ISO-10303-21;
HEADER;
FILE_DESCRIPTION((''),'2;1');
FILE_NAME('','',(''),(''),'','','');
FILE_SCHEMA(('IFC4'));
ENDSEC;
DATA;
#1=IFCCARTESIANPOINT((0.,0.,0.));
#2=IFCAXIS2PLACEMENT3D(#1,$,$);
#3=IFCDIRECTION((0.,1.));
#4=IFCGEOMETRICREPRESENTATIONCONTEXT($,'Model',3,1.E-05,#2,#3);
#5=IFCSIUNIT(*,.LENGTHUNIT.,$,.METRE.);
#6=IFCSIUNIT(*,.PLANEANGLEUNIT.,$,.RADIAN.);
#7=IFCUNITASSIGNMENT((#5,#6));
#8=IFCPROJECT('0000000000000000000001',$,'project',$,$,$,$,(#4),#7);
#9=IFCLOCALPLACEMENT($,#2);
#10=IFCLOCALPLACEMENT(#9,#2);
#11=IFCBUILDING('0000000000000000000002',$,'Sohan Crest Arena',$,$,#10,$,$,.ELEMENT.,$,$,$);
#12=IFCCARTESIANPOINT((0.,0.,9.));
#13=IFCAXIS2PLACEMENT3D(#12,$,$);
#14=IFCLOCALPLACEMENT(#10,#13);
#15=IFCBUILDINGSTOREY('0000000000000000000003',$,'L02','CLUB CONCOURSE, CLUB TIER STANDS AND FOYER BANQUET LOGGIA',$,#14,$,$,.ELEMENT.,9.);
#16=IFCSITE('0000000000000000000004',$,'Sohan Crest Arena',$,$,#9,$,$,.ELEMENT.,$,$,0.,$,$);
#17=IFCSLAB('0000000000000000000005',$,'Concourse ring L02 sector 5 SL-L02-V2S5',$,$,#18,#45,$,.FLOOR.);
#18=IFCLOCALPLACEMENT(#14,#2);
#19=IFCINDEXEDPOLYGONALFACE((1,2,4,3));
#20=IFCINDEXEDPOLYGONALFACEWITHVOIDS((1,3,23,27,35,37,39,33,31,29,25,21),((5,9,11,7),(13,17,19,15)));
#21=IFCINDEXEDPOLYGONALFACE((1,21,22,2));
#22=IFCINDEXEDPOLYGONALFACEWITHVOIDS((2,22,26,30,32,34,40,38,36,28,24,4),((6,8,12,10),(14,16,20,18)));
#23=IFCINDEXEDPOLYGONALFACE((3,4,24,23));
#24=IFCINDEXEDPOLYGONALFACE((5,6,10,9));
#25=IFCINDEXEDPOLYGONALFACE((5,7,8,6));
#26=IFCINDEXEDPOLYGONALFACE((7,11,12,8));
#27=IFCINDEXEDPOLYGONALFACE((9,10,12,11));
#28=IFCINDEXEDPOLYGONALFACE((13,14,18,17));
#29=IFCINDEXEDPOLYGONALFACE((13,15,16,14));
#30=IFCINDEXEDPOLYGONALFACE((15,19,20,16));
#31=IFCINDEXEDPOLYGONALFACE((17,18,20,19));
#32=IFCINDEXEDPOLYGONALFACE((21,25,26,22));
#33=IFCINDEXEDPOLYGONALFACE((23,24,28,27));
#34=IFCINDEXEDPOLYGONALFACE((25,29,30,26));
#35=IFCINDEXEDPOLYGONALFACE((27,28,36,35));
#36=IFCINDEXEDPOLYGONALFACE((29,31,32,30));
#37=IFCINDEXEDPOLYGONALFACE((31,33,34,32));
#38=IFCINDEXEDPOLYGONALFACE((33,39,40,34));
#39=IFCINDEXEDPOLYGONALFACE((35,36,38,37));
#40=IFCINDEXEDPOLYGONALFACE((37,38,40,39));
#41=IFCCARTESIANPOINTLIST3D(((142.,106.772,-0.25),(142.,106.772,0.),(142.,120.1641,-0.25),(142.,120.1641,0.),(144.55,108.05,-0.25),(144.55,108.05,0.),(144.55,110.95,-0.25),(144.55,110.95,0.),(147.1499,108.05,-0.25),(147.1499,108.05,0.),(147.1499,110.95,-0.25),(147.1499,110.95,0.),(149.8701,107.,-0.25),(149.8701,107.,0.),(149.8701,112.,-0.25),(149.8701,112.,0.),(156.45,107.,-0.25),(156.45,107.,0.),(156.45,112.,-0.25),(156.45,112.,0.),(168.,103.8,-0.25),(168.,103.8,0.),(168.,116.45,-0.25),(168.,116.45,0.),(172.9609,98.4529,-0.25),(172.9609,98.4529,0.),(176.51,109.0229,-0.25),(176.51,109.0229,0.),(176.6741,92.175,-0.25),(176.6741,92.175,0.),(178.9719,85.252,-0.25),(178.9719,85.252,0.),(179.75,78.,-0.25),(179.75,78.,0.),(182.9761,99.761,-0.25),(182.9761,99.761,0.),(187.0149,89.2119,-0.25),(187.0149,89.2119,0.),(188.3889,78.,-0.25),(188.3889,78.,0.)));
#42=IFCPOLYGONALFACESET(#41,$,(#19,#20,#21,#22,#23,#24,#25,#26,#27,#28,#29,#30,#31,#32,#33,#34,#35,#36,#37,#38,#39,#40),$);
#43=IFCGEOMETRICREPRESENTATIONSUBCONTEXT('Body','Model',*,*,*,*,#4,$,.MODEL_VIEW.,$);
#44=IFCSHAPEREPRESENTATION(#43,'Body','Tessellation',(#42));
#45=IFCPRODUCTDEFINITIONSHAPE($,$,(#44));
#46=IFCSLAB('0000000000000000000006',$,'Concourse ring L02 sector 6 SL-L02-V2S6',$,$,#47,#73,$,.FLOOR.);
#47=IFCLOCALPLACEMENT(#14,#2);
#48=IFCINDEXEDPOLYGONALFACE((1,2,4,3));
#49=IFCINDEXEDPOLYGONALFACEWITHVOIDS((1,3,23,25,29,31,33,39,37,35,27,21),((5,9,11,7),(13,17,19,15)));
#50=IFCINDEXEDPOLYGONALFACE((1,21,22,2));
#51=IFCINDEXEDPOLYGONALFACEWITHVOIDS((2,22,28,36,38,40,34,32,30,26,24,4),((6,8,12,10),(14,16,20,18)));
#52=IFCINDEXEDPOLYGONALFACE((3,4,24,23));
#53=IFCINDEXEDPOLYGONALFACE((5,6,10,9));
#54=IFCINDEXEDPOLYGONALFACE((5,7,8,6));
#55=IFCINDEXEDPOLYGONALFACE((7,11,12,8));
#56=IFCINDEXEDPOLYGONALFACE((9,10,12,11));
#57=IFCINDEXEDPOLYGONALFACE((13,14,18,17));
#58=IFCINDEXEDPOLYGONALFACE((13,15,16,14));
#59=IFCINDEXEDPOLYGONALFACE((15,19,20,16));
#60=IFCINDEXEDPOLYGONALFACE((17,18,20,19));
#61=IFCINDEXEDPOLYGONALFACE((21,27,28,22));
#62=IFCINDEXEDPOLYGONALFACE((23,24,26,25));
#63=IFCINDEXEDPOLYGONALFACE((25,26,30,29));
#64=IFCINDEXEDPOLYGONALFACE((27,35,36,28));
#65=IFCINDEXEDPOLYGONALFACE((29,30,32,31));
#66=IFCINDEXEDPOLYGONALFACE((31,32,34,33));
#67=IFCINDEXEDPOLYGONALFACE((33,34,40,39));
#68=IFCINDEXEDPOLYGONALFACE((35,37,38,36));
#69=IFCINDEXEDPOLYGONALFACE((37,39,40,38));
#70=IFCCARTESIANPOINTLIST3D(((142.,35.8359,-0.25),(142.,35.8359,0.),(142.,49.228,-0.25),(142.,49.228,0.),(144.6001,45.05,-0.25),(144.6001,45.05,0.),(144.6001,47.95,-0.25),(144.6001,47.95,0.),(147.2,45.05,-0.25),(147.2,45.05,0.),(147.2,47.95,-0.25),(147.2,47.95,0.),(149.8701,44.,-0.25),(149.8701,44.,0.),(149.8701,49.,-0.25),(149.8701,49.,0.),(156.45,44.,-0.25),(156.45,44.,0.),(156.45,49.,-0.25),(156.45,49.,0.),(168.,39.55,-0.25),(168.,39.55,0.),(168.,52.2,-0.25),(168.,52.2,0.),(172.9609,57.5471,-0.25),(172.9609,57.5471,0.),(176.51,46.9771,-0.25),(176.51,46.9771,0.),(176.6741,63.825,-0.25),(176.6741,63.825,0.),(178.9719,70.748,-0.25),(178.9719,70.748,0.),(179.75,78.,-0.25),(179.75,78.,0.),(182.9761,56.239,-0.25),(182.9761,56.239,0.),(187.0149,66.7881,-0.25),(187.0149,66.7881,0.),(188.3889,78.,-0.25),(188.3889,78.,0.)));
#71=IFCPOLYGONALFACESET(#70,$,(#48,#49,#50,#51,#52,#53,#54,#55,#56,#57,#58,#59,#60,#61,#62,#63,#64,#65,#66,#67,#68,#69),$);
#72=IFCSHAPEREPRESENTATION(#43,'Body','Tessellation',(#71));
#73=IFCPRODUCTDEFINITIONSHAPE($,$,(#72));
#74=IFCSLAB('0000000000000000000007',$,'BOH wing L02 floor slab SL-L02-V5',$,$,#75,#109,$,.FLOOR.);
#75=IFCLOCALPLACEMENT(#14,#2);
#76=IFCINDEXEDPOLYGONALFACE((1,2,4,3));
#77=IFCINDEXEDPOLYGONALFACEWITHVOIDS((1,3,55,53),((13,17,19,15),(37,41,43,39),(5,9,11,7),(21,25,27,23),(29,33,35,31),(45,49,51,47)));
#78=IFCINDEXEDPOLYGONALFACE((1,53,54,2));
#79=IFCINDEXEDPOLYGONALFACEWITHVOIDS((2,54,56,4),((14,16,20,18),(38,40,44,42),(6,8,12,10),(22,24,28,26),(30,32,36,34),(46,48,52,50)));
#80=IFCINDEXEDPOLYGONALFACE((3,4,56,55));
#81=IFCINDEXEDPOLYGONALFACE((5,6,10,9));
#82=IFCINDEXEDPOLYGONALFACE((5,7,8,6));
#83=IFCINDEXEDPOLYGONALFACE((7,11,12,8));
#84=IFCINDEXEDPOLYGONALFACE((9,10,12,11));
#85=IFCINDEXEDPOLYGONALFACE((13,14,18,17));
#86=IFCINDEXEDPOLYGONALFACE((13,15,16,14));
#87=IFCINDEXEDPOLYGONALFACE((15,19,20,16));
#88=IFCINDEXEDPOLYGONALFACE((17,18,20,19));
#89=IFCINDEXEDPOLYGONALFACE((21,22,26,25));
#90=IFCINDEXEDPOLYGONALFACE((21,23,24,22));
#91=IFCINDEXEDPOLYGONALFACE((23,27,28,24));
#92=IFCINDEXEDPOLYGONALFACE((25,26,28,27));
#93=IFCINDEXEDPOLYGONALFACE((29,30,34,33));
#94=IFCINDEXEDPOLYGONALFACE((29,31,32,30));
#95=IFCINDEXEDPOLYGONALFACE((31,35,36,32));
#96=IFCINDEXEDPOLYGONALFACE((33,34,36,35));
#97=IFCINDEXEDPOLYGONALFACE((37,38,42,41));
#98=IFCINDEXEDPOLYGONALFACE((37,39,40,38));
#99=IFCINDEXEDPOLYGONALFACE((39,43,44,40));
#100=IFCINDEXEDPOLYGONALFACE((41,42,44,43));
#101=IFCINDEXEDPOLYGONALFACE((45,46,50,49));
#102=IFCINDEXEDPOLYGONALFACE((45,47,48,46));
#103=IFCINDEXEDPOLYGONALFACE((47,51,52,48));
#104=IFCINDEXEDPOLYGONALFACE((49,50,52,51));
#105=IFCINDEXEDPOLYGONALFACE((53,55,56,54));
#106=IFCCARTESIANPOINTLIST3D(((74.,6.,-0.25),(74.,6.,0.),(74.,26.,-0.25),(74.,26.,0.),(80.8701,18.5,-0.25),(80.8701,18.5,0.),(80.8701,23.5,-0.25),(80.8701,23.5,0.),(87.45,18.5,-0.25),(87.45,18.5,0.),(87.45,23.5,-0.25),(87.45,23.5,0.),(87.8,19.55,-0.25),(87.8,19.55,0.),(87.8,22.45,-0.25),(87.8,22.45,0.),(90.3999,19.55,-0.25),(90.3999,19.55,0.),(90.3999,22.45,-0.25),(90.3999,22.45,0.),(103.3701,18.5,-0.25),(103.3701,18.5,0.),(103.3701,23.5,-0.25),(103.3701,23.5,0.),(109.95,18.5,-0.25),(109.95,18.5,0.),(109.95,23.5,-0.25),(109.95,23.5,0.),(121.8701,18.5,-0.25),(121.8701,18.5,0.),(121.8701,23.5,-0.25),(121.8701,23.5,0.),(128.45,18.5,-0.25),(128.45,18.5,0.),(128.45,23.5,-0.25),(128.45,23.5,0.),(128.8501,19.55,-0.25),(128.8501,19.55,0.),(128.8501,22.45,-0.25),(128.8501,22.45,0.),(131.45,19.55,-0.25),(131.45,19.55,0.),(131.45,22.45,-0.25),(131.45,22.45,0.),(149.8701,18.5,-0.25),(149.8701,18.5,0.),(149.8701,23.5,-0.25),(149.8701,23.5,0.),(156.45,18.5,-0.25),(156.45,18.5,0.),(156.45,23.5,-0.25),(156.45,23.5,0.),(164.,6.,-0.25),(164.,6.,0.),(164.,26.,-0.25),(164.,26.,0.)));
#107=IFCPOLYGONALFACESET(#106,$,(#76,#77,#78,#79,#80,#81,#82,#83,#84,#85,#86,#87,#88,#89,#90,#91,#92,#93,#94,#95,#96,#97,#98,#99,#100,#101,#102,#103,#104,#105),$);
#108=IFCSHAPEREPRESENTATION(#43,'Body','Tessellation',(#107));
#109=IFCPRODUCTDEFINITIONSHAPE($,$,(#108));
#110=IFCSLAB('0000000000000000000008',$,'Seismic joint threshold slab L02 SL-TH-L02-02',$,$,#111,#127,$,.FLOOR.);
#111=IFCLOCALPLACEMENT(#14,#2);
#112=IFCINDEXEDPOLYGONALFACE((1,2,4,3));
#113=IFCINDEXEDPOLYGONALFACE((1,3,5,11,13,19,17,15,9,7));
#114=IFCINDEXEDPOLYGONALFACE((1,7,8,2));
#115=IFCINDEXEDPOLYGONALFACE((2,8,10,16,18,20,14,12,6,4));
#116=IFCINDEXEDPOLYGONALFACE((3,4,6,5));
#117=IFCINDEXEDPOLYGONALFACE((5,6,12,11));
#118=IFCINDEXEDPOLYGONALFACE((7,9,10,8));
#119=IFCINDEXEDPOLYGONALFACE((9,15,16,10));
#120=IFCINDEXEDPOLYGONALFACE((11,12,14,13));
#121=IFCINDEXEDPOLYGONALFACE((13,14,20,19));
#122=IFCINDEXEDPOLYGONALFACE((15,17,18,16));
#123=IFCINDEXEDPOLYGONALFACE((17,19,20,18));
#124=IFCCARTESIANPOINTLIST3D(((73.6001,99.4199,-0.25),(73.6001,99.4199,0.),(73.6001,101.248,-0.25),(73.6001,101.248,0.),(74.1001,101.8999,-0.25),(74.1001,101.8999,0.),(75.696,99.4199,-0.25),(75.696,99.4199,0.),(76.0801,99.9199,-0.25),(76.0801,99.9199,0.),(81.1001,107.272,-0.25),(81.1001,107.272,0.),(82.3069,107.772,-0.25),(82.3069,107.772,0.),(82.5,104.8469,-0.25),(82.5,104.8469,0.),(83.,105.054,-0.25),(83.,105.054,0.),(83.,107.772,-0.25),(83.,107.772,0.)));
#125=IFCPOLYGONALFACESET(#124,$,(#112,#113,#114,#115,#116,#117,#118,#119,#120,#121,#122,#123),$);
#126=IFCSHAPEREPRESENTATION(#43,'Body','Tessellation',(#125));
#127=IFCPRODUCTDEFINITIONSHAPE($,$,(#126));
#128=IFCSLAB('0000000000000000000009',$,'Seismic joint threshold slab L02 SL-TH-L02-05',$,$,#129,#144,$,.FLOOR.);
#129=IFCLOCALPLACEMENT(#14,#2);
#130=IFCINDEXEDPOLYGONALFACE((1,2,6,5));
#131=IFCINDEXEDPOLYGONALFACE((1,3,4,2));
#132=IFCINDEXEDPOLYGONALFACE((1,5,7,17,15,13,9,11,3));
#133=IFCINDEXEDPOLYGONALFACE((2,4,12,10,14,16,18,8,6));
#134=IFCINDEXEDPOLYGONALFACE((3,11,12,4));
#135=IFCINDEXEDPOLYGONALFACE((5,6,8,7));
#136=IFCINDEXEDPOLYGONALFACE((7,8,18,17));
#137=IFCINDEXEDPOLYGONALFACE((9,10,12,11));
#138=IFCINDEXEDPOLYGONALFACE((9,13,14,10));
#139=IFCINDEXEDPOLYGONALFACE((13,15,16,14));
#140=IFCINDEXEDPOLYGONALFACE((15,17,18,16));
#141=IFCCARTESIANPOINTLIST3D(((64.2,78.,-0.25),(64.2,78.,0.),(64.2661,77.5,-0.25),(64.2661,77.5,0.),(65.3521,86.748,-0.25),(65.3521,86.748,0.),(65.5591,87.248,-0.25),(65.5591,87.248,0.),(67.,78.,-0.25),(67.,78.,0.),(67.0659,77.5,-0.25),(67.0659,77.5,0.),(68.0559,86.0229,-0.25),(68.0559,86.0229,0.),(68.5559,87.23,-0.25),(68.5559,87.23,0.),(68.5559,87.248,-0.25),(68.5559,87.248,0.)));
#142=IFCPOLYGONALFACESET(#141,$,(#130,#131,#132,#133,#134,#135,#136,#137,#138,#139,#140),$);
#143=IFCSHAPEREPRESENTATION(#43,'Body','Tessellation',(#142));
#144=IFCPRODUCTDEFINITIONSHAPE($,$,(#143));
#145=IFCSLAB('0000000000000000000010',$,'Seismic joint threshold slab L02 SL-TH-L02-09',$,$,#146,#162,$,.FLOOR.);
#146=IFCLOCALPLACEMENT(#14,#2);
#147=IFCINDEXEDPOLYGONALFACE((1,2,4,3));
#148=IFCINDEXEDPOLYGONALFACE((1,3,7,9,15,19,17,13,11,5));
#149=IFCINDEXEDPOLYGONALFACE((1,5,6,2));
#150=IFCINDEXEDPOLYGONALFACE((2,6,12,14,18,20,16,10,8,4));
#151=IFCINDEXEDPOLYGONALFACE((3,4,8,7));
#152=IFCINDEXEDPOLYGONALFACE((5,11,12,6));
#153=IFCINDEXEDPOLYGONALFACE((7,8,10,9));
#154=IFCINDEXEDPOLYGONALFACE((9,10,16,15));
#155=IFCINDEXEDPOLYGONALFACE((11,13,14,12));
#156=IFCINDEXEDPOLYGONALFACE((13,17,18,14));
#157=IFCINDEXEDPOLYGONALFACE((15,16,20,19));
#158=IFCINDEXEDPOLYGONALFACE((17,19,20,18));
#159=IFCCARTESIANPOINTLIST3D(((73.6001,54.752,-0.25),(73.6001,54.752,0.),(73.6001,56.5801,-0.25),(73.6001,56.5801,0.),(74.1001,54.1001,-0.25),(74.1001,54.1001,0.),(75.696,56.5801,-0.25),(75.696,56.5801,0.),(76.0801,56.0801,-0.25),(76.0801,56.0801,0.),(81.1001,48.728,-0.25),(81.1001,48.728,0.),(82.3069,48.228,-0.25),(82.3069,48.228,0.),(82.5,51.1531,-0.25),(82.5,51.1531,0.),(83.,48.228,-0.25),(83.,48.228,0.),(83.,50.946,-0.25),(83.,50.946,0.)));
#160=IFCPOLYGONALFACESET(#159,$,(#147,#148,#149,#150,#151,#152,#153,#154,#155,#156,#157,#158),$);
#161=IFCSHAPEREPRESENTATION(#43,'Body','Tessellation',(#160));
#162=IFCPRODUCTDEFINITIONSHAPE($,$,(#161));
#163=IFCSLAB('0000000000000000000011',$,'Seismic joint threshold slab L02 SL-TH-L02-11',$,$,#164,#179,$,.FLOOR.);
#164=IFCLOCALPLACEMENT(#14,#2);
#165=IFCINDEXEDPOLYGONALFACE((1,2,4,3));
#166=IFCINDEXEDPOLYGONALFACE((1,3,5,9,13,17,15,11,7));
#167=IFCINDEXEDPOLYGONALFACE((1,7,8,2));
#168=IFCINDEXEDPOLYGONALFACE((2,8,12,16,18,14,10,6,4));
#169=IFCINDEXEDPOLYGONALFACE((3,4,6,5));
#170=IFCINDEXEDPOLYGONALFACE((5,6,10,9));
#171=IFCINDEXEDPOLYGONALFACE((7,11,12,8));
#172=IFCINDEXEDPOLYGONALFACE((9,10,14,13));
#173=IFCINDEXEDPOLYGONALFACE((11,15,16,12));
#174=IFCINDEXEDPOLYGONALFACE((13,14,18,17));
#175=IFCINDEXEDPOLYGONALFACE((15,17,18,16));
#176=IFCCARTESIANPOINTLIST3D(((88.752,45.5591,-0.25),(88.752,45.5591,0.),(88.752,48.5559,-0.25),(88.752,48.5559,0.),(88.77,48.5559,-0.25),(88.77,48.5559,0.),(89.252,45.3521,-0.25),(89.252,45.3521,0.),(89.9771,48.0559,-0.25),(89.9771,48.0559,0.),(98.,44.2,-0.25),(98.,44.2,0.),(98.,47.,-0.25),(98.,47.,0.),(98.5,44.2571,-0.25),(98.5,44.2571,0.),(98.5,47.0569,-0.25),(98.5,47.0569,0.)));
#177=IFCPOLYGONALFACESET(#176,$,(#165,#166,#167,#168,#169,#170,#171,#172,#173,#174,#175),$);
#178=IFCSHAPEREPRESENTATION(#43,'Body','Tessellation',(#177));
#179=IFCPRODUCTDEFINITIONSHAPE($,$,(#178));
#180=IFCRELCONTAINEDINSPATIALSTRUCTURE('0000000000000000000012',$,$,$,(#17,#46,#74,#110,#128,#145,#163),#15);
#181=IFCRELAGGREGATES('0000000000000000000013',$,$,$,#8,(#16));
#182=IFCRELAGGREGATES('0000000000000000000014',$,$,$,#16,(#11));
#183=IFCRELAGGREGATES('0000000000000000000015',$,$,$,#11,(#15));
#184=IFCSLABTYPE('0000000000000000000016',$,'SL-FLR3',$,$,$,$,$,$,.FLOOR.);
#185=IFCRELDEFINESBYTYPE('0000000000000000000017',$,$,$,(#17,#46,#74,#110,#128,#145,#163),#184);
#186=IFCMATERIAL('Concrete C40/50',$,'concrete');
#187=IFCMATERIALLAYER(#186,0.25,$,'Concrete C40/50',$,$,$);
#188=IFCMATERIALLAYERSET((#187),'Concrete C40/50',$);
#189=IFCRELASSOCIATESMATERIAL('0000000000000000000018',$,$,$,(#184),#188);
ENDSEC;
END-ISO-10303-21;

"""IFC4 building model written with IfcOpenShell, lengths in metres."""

from ifc_helpers import new_model, si_unit, direction, frame, origin, place, context, subcontext, project, spatial, polyline, outline, extrude, material, layer, layer_set, type_object, element, save


model = new_model("IFC4")

# Units and contexts
model_context = context("Model", 3, precision=1e-05, world=origin(), true_north=direction((0.0, 1.0)))
body_context = subcontext(model_context, "Body", "Model", "MODEL_VIEW")
ifc_project = project(units=[si_unit("LENGTHUNIT", "METRE"), si_unit("PLANEANGLEUNIT", "RADIAN")], contexts=[model_context])

# Site, building, storey
site_placement = place(None, origin())
site = spatial("IfcSite", under=ifc_project, at=site_placement, Name="Sohan Crest Arena", CompositionType="ELEMENT", RefElevation=0.0)
building_placement = place(site_placement, origin())
building = spatial("IfcBuilding", under=site, at=building_placement, Name="Sohan Crest Arena", CompositionType="ELEMENT")
storey_placement = place(building_placement, frame((0.0, 0.0, 9.0)))
storey = spatial("IfcBuildingStorey", under=building, at=storey_placement, Name="L02", Description="CLUB CONCOURSE, CLUB TIER STANDS AND FOYER BANQUET LOGGIA", CompositionType="ELEMENT", Elevation=9.0)

# Slabs
ifc_material = material(Name="Concrete C40/50", Category="concrete")
ifc_layer_1 = layer(ifc_material, 0.25, Name="Concrete C40/50")
ifc_layer_set_1 = layer_set([ifc_layer_1], Name="Concrete C40/50")
slab_type_1 = type_object("IfcSlabType", Name="SL-FLR3", PredefinedType="FLOOR", material=ifc_layer_set_1)
slab_1_placement = place(storey_placement, frame((0.0, 0.0, -0.25)))
element("IfcSlab", 1, at=slab_1_placement, inside=storey, type_object=slab_type_1, Name="Concourse ring L02 sector 5 SL-L02-V2S5", PredefinedType="FLOOR", context=body_context, shape_type="SweptSolid", body=[
    extrude(outline(polyline([(142.0, 120.1641), (168.0, 116.45), (176.51, 109.0229), (182.9761, 99.761), (187.0149, 89.2119), (188.3889, 78.0), (179.75, 78.0), (178.9719, 85.252), (176.6741, 92.175), (172.9609, 98.4529), (168.0, 103.8), (142.0, 106.772), (142.0, 120.1641)]), holes=[polyline([(149.8701, 107.0), (156.45, 107.0), (156.45, 112.0), (149.8701, 112.0), (149.8701, 107.0)]), polyline([(144.55, 110.95), (144.55, 108.05), (147.1499, 108.05), (147.1499, 110.95), (144.55, 110.95)])]), origin(), (0.0, 0.0, 1.0), 0.25),
])
slab_2_placement = place(storey_placement, frame((0.0, 0.0, -0.25)))
element("IfcSlab", 2, at=slab_2_placement, inside=storey, type_object=slab_type_1, Name="Concourse ring L02 sector 6 SL-L02-V2S6", PredefinedType="FLOOR", context=body_context, shape_type="SweptSolid", body=[
    extrude(outline(polyline([(187.0149, 66.7881), (182.9761, 56.239), (176.51, 46.9771), (168.0, 39.55), (142.0, 35.8359), (142.0, 49.228), (168.0, 52.2), (172.9609, 57.5471), (176.6741, 63.825), (178.9719, 70.748), (179.75, 78.0), (188.3889, 78.0), (187.0149, 66.7881)]), holes=[polyline([(156.45, 49.0), (149.8701, 49.0), (149.8701, 44.0), (156.45, 44.0), (156.45, 49.0)]), polyline([(147.2, 45.05), (147.2, 47.95), (144.6001, 47.95), (144.6001, 45.05), (147.2, 45.05)])]), origin(), (0.0, 0.0, 1.0), 0.25),
])
slab_3_placement = place(storey_placement, frame((0.0, 0.0, -0.25)))
element("IfcSlab", 3, at=slab_3_placement, inside=storey, type_object=slab_type_1, Name="BOH wing L02 floor slab SL-L02-V5", PredefinedType="FLOOR", context=body_context, shape_type="SweptSolid", body=[
    extrude(outline(polyline([(164.0, 26.0), (164.0, 6.0), (74.0, 6.0), (74.0, 26.0), (164.0, 26.0)]), holes=[polyline([(149.8701, 23.5), (149.8701, 18.5), (156.45, 18.5), (156.45, 23.5), (149.8701, 23.5)]), polyline([(109.95, 23.5), (103.3701, 23.5), (103.3701, 18.5), (109.95, 18.5), (109.95, 23.5)]), polyline([(87.45, 18.5), (87.45, 23.5), (80.8701, 23.5), (80.8701, 18.5), (87.45, 18.5)]), polyline([(87.8, 19.55), (90.3999, 19.55), (90.3999, 22.45), (87.8, 22.45), (87.8, 19.55)]), polyline([(121.8701, 23.5), (121.8701, 18.5), (128.45, 18.5), (128.45, 23.5), (121.8701, 23.5)]), polyline([(131.45, 22.45), (128.8501, 22.45), (128.8501, 19.55), (131.45, 19.55), (131.45, 22.45)])]), origin(), (0.0, 0.0, 1.0), 0.25),
])
slab_4_placement = place(storey_placement, frame((0.0, 0.0, -0.25)))
element("IfcSlab", 4, at=slab_4_placement, inside=storey, type_object=slab_type_1, Name="Seismic joint threshold slab L02 SL-TH-L02-02", PredefinedType="FLOOR", context=body_context, shape_type="SweptSolid", body=[
    extrude(outline(polyline([(74.1001, 101.8999), (81.1001, 107.272), (82.3069, 107.772), (83.0, 107.772), (83.0, 105.054), (82.5, 104.8469), (76.0801, 99.9199), (75.696, 99.4199), (73.6001, 99.4199), (73.6001, 101.248), (74.1001, 101.8999)])), origin(), (0.0, 0.0, 1.0), 0.25),
])
slab_5_placement = place(storey_placement, frame((0.0, 0.0, -0.25)))
element("IfcSlab", 5, at=slab_5_placement, inside=storey, type_object=slab_type_1, Name="Seismic joint threshold slab L02 SL-TH-L02-05", PredefinedType="FLOOR", context=body_context, shape_type="SweptSolid", body=[
    extrude(outline(polyline([(64.2, 78.0), (65.3521, 86.748), (65.5591, 87.248), (68.5559, 87.248), (68.5559, 87.23), (68.0559, 86.0229), (67.0, 78.0), (67.0659, 77.5), (64.2661, 77.5), (64.2, 78.0)])), origin(), (0.0, 0.0, 1.0), 0.25),
])
slab_6_placement = place(storey_placement, frame((0.0, 0.0, -0.25)))
element("IfcSlab", 6, at=slab_6_placement, inside=storey, type_object=slab_type_1, Name="Seismic joint threshold slab L02 SL-TH-L02-09", PredefinedType="FLOOR", context=body_context, shape_type="SweptSolid", body=[
    extrude(outline(polyline([(81.1001, 48.728), (74.1001, 54.1001), (73.6001, 54.752), (73.6001, 56.5801), (75.696, 56.5801), (76.0801, 56.0801), (82.5, 51.1531), (83.0, 50.946), (83.0, 48.228), (82.3069, 48.228), (81.1001, 48.728)])), origin(), (0.0, 0.0, 1.0), 0.25),
])
slab_7_placement = place(storey_placement, frame((0.0, 0.0, -0.25)))
element("IfcSlab", 7, at=slab_7_placement, inside=storey, type_object=slab_type_1, Name="Seismic joint threshold slab L02 SL-TH-L02-11", PredefinedType="FLOOR", context=body_context, shape_type="SweptSolid", body=[
    extrude(outline(polyline([(98.0, 44.2), (89.252, 45.3521), (88.752, 45.5591), (88.752, 48.5559), (88.77, 48.5559), (89.9771, 48.0559), (98.0, 47.0), (98.5, 47.0569), (98.5, 44.2571), (98.0, 44.2)])), origin(), (0.0, 0.0, 1.0), 0.25),
])

save(model, "model.ifc")
